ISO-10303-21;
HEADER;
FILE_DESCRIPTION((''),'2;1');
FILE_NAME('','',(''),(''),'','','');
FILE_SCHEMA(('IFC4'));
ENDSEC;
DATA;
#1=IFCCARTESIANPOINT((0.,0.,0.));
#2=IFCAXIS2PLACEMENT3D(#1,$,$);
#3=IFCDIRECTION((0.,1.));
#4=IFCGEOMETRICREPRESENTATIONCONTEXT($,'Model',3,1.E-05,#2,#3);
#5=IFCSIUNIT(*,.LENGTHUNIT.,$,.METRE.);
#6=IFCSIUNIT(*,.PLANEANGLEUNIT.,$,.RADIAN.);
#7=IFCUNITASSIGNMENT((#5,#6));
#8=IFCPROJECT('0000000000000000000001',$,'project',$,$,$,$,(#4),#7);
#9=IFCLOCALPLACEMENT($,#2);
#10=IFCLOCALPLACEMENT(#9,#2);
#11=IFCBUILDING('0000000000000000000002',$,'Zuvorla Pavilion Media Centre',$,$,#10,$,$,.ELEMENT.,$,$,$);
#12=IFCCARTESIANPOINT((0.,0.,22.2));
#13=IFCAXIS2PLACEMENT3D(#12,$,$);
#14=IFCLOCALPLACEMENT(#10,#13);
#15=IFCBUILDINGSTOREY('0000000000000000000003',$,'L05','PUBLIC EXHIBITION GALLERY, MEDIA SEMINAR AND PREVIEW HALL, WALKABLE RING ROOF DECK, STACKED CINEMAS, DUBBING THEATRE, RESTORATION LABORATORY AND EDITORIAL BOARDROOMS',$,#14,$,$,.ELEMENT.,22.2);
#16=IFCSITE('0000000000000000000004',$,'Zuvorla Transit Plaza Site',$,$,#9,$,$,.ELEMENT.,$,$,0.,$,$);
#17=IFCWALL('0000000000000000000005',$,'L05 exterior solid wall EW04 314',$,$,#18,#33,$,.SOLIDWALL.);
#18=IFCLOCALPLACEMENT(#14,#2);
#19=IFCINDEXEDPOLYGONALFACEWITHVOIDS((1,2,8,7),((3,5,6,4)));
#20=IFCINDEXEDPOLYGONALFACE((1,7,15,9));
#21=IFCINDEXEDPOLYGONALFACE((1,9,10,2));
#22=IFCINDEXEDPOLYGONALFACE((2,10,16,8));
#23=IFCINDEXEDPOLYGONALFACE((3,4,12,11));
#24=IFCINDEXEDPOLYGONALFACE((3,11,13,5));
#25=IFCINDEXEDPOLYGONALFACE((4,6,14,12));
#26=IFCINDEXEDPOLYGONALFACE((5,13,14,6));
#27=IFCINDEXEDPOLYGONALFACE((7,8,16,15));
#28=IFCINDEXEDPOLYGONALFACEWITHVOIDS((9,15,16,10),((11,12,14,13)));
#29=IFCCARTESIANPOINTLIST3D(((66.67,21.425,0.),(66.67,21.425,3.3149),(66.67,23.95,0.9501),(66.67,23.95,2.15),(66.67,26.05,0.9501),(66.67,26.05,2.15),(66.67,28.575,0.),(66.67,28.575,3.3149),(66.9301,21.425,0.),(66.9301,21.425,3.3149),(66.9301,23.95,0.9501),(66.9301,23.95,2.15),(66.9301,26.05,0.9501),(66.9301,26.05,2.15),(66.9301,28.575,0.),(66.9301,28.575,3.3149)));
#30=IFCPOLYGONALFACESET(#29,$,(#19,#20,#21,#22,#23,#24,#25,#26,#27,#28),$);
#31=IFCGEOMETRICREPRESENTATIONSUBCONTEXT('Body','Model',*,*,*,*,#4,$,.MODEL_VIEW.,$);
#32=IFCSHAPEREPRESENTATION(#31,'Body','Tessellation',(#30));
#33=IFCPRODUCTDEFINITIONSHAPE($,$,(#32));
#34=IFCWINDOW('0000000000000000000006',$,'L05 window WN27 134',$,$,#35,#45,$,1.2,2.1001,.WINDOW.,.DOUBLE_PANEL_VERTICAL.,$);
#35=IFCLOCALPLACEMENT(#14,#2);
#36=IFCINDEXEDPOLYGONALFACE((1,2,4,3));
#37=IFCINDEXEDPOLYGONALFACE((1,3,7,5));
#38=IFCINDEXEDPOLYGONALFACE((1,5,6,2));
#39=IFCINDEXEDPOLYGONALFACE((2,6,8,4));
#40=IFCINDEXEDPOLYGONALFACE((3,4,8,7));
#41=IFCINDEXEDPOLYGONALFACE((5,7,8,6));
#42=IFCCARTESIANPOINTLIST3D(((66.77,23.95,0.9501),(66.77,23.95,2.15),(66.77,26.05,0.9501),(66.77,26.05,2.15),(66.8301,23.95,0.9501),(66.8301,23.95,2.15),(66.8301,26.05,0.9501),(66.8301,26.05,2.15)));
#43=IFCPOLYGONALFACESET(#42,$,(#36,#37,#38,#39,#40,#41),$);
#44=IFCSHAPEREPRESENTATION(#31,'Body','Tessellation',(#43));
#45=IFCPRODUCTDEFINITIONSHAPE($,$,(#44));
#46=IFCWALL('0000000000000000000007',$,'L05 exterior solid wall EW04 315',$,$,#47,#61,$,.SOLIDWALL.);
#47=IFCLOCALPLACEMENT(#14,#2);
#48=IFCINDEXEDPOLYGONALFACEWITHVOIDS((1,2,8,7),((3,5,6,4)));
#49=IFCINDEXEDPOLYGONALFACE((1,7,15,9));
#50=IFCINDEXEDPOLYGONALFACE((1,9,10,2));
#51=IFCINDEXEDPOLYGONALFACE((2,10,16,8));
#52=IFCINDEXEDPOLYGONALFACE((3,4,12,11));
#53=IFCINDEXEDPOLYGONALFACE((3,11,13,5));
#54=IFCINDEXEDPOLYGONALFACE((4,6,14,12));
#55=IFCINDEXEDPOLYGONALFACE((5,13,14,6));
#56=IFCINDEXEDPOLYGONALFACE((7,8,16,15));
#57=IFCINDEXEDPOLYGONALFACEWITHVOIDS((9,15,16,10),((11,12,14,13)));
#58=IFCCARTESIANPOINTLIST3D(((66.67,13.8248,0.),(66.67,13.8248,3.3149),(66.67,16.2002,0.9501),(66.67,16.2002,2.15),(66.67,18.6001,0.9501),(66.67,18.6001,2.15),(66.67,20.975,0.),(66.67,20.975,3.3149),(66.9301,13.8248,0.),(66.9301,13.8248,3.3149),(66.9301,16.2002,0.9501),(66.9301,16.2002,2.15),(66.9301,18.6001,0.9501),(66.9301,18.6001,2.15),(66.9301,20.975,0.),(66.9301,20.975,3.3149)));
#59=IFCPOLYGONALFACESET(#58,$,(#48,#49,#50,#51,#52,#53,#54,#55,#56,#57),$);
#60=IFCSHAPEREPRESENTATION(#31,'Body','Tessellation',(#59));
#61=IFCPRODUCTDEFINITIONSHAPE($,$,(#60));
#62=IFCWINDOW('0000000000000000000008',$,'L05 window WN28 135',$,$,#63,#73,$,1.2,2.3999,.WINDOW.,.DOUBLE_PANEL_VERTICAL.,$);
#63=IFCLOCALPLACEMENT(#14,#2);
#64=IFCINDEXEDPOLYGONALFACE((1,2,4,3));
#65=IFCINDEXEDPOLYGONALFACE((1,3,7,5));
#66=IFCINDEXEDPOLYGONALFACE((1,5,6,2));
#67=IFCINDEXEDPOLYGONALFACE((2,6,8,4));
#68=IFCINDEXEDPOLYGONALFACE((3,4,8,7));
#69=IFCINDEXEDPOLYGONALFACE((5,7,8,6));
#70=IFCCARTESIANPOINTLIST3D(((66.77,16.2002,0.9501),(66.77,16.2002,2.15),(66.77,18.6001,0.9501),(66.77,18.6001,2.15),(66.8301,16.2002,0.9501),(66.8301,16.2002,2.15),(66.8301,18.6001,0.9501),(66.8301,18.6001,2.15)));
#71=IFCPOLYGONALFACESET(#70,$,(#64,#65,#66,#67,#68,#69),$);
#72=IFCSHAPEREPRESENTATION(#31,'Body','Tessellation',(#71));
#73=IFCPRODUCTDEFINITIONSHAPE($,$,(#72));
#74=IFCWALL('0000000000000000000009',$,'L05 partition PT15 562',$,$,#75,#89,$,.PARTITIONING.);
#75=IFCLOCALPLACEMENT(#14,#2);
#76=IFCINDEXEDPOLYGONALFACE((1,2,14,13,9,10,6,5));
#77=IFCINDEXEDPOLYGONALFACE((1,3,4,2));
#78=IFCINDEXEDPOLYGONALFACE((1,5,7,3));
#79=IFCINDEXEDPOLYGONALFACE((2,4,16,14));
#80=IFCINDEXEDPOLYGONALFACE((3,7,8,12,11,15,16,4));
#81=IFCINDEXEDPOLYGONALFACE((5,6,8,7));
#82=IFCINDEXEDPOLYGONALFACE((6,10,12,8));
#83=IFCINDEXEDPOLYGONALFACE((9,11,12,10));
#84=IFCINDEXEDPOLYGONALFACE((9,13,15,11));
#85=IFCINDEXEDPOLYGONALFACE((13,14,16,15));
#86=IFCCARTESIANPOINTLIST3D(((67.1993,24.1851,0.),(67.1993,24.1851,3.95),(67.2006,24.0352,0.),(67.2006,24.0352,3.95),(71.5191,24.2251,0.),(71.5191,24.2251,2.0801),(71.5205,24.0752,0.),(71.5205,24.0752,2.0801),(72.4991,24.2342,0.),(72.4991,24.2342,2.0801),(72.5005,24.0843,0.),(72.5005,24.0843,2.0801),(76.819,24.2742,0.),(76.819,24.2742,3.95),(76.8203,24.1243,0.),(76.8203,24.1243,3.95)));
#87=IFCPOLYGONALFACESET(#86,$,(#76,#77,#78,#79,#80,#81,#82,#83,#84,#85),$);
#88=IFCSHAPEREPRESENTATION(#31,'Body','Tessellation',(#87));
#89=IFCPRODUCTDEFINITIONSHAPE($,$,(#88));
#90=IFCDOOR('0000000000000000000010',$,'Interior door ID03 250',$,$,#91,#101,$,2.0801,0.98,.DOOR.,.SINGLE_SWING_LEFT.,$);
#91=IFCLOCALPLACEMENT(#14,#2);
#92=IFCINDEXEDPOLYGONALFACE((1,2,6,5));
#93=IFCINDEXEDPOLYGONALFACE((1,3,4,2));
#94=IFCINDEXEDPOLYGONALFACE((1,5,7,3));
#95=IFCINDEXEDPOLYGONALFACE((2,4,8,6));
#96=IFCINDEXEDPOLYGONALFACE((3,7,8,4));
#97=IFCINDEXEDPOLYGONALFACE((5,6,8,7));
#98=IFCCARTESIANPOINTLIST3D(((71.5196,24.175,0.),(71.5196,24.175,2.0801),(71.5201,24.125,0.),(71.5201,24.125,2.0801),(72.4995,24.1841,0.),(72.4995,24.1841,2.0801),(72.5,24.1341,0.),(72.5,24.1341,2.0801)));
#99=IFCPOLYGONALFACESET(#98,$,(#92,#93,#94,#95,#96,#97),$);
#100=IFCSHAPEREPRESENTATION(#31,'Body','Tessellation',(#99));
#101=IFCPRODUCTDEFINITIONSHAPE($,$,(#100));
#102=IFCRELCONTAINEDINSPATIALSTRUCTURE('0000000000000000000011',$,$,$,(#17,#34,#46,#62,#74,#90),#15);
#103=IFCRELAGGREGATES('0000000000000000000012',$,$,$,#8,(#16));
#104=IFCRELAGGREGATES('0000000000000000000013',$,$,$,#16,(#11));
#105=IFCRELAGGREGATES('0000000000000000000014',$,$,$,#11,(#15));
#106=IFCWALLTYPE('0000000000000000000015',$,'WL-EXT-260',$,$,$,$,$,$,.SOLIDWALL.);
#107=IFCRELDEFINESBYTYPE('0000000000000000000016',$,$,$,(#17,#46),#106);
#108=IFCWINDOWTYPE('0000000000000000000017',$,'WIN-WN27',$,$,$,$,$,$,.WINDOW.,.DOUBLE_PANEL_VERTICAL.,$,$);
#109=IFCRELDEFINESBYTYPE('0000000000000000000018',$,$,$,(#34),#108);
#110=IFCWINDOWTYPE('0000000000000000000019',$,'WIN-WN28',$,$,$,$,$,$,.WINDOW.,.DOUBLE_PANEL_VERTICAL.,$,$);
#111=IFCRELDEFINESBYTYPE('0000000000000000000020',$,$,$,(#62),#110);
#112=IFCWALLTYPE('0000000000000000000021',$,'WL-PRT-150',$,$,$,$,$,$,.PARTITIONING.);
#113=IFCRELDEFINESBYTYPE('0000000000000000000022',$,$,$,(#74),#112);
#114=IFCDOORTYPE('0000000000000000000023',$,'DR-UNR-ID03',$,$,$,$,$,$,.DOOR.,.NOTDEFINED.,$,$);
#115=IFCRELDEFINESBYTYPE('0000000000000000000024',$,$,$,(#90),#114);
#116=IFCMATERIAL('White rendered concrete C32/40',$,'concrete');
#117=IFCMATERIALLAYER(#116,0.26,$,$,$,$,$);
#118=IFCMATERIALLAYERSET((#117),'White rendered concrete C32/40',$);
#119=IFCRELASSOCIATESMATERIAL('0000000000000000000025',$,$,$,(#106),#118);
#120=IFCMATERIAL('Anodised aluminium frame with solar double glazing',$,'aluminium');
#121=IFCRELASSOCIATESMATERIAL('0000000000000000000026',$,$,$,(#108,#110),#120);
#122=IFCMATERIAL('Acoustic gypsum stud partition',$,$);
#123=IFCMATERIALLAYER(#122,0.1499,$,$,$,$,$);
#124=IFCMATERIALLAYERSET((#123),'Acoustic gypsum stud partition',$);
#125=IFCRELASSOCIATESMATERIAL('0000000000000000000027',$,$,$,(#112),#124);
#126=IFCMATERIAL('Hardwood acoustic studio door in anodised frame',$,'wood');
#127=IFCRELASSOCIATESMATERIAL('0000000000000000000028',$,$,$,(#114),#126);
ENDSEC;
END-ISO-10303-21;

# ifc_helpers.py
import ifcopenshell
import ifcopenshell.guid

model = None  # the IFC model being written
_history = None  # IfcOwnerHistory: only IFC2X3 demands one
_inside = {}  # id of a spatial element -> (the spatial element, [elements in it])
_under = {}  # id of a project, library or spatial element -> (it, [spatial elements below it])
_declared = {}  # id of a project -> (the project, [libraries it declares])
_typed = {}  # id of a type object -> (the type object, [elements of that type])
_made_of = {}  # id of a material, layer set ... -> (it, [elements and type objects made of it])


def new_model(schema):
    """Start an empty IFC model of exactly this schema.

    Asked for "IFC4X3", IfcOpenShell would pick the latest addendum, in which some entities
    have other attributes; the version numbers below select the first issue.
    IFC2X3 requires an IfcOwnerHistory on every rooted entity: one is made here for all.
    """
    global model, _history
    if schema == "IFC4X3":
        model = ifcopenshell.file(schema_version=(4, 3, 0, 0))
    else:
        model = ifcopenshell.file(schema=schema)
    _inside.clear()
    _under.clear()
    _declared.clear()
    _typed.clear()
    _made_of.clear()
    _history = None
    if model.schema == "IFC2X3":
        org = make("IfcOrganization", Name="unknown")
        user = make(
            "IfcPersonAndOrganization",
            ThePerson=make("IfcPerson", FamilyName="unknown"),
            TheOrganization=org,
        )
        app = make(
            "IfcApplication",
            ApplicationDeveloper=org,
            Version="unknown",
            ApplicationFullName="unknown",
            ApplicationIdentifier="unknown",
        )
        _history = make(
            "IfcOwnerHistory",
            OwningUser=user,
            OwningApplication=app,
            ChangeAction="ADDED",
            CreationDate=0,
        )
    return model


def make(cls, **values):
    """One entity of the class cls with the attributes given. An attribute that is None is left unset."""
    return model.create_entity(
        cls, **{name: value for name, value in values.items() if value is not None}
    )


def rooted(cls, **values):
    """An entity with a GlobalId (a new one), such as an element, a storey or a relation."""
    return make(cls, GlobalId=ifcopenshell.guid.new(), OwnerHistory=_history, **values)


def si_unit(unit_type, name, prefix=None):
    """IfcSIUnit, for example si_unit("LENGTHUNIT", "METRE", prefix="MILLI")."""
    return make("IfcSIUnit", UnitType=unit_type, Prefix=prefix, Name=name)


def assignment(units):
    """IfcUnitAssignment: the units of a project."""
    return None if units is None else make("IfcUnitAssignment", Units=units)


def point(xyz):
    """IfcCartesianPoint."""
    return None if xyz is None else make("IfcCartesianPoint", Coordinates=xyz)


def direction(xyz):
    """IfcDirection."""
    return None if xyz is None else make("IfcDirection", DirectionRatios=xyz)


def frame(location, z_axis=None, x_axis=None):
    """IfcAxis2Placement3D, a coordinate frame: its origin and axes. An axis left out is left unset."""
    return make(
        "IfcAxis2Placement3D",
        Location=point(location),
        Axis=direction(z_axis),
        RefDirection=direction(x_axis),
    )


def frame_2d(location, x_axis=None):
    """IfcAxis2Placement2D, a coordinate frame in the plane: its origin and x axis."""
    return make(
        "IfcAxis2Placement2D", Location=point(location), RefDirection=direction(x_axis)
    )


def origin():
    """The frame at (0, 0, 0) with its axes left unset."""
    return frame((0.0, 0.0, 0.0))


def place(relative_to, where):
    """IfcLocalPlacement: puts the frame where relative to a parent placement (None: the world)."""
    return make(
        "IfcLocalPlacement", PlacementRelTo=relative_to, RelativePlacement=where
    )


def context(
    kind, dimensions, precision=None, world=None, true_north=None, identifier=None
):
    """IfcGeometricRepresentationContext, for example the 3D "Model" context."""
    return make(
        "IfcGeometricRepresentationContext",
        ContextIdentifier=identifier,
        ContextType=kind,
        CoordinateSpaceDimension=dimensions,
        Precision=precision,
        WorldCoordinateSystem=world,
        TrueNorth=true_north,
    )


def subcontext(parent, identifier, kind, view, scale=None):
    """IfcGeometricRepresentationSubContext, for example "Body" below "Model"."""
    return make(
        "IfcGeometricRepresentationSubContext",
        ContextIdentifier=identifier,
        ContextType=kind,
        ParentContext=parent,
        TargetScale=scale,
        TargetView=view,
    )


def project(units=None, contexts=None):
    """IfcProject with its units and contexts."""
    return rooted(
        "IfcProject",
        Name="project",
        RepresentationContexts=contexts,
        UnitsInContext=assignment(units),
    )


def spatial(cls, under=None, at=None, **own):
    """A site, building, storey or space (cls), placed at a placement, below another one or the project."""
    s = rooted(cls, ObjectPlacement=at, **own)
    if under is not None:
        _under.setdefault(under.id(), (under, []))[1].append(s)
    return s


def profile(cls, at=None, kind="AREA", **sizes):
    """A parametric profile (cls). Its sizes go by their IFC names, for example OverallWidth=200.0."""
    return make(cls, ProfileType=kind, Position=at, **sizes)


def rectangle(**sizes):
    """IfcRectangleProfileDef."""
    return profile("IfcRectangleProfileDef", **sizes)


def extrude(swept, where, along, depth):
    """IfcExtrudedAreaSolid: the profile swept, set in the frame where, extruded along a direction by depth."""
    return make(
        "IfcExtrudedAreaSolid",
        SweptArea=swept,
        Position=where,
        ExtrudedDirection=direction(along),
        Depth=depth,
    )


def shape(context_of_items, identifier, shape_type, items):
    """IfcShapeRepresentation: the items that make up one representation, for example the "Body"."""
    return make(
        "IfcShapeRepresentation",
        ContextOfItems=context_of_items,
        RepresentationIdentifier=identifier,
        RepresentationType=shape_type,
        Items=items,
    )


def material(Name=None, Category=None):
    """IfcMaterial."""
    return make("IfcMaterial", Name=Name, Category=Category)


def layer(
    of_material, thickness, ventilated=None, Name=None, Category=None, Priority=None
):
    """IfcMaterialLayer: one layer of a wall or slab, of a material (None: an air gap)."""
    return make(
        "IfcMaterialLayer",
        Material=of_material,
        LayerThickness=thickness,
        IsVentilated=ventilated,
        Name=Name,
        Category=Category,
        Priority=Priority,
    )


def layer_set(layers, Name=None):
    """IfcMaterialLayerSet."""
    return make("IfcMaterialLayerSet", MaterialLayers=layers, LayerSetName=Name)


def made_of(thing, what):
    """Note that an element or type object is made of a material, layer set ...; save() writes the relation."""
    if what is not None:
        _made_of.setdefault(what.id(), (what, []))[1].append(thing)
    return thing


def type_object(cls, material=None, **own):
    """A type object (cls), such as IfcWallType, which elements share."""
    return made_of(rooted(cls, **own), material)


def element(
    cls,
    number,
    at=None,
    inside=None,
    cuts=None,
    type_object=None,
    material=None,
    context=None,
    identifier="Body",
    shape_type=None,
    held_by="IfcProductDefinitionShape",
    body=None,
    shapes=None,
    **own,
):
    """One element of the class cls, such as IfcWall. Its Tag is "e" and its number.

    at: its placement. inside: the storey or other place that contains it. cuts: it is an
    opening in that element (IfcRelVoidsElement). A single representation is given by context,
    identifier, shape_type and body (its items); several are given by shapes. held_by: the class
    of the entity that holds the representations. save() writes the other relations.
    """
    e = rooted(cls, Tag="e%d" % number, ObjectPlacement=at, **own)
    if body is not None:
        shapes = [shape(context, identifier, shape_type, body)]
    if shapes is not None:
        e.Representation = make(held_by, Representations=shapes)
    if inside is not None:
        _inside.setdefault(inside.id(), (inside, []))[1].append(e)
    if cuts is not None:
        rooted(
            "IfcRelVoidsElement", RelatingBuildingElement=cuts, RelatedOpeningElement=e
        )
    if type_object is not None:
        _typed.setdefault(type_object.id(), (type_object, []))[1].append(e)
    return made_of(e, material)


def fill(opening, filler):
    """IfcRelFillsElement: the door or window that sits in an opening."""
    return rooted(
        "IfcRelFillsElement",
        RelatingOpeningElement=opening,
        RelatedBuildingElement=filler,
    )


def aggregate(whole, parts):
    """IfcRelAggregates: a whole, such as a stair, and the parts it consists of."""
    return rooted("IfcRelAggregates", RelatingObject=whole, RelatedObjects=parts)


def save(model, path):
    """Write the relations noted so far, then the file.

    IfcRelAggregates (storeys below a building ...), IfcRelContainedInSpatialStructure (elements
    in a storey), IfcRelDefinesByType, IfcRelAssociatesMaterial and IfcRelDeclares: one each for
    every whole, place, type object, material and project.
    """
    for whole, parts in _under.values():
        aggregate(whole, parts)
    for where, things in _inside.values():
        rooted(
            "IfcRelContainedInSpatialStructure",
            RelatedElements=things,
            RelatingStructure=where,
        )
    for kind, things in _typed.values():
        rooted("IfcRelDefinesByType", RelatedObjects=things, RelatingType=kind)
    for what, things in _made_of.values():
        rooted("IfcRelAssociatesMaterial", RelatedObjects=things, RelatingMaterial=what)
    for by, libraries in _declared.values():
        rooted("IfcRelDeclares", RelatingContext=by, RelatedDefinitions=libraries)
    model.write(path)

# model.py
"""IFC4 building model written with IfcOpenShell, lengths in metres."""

from ifc_helpers import new_model, si_unit, direction, frame, frame_2d, origin, place, context, subcontext, project, spatial, rectangle, extrude, material, layer, layer_set, type_object, element, fill, save


model = new_model("IFC4")

# Units and contexts
model_context = context("Model", 3, precision=1e-05, world=origin(), true_north=direction((0.0, 1.0)))
body_context = subcontext(model_context, "Body", "Model", "MODEL_VIEW")
ifc_project = project(units=[si_unit("LENGTHUNIT", "METRE"), si_unit("PLANEANGLEUNIT", "RADIAN")], contexts=[model_context])

# Site, building, storey
site_placement = place(None, origin())
site = spatial("IfcSite", under=ifc_project, at=site_placement, Name="Zuvorla Transit Plaza Site", CompositionType="ELEMENT", RefElevation=0.0)
building_placement = place(site_placement, origin())
building = spatial("IfcBuilding", under=site, at=building_placement, Name="Zuvorla Pavilion Media Centre", CompositionType="ELEMENT")
storey_placement = place(building_placement, frame((0.0, 0.0, 22.2)))
storey = spatial("IfcBuildingStorey", under=building, at=storey_placement, Name="L05", Description="PUBLIC EXHIBITION GALLERY, MEDIA SEMINAR AND PREVIEW HALL, WALKABLE RING ROOF DECK, STACKED CINEMAS, DUBBING THEATRE, RESTORATION LABORATORY AND EDITORIAL BOARDROOMS", CompositionType="ELEMENT", Elevation=22.2)

# Walls, openings, windows
ifc_material_1 = material(Name="White rendered concrete C32/40", Category="concrete")
ifc_layer_1 = layer(ifc_material_1, 0.26)
ifc_layer_set_1 = layer_set([ifc_layer_1], Name="White rendered concrete C32/40")
wall_type_1 = type_object("IfcWallType", Name="WL-EXT-260", PredefinedType="SOLIDWALL", material=ifc_layer_set_1)
wall_1_placement = place(storey_placement, frame((66.8, 28.575, 0.0), z_axis=(0.0, 0.0, 1.0), x_axis=(0.0, -1.0, 0.0)))
wall_1 = element("IfcWall", 1, at=wall_1_placement, inside=storey, type_object=wall_type_1, Name="L05 exterior solid wall EW04 314", PredefinedType="SOLIDWALL", context=body_context, shape_type="SweptSolid", body=[
    extrude(rectangle(XDim=7.1499, YDim=0.26, at=frame_2d((3.575, 0.0))), origin(), (0.0, 0.0, 1.0), 3.3149),
])
opening_1_placement = place(wall_1_placement, frame((2.5249, 0.0, 0.95)))
opening_1 = element("IfcOpeningElement", 2, at=opening_1_placement, cuts=wall_1, PredefinedType="OPENING", context=body_context, shape_type="SweptSolid", body=[
    extrude(rectangle(XDim=2.1001, YDim=1.2, at=frame_2d((1.05, 0.6001))), frame((0.0, 0.1399, 0.0), z_axis=(0.0, -1.0, 0.0), x_axis=(1.0, 0.0, 0.0)), (0.0, 0.0, 1.0), 0.28),
])
ifc_material_2 = material(Name="Anodised aluminium frame with solar double glazing", Category="aluminium")
window_type_1 = type_object("IfcWindowType", Name="WIN-WN27", PartitioningType="DOUBLE_PANEL_VERTICAL", PredefinedType="WINDOW", material=ifc_material_2)
window_1_placement = place(opening_1_placement, origin())
window_1 = element("IfcWindow", 3, at=window_1_placement, inside=storey, type_object=window_type_1, Name="L05 window WN27 134", OverallHeight=1.2, OverallWidth=2.1001, PartitioningType="DOUBLE_PANEL_VERTICAL", PredefinedType="WINDOW", context=body_context, shape_type="SweptSolid", body=[
    extrude(rectangle(XDim=2.1001, YDim=1.2, at=frame_2d((1.05, 0.6001))), frame((0.0, 0.03, 0.0), z_axis=(0.0, -1.0, 0.0), x_axis=(1.0, 0.0, 0.0)), (0.0, 0.0, 1.0), 0.0601),
])
fill(opening_1, window_1)
wall_2_placement = place(storey_placement, frame((66.8, 20.9751, 0.0), z_axis=(0.0, 0.0, 1.0), x_axis=(0.0, -1.0, 0.0)))
wall_2 = element("IfcWall", 4, at=wall_2_placement, inside=storey, type_object=wall_type_1, Name="L05 exterior solid wall EW04 315", PredefinedType="SOLIDWALL", context=body_context, shape_type="SweptSolid", body=[
    extrude(rectangle(XDim=7.1501, YDim=0.26, at=frame_2d((3.5752, 0.0))), origin(), (0.0, 0.0, 1.0), 3.3149),
])
opening_2_placement = place(wall_2_placement, frame((2.375, 0.0, 0.95)))
opening_2 = element("IfcOpeningElement", 5, at=opening_2_placement, cuts=wall_2, PredefinedType="OPENING", context=body_context, shape_type="SweptSolid", body=[
    extrude(rectangle(XDim=2.3999, YDim=1.2, at=frame_2d((1.2, 0.6001))), frame((0.0, 0.1399, 0.0), z_axis=(0.0, -1.0, 0.0), x_axis=(1.0, 0.0, 0.0)), (0.0, 0.0, 1.0), 0.28),
])
window_type_2 = type_object("IfcWindowType", Name="WIN-WN28", PartitioningType="DOUBLE_PANEL_VERTICAL", PredefinedType="WINDOW", material=ifc_material_2)
window_2_placement = place(opening_2_placement, origin())
window_2 = element("IfcWindow", 6, at=window_2_placement, inside=storey, type_object=window_type_2, Name="L05 window WN28 135", OverallHeight=1.2, OverallWidth=2.3999, PartitioningType="DOUBLE_PANEL_VERTICAL", PredefinedType="WINDOW", context=body_context, shape_type="SweptSolid", body=[
    extrude(rectangle(XDim=2.3999, YDim=1.2, at=frame_2d((1.2, 0.6001))), frame((0.0, 0.03, 0.0), z_axis=(0.0, -1.0, 0.0), x_axis=(1.0, 0.0, 0.0)), (0.0, 0.0, 1.0), 0.0601),
])
fill(opening_2, window_2)

# Wall, opening, door
ifc_material_3 = material(Name="Acoustic gypsum stud partition")
ifc_layer_2 = layer(ifc_material_3, 0.1499)
ifc_layer_set_2 = layer_set([ifc_layer_2], Name="Acoustic gypsum stud partition")
wall_type_2 = type_object("IfcWallType", Name="WL-PRT-150", PredefinedType="PARTITIONING", material=ifc_layer_set_2)
wall_3_placement = place(storey_placement, frame((67.2, 24.1101, 0.0), z_axis=(0.0, 0.0, 1.0), x_axis=(0.999957, 0.009263, 0.0)))
wall_3 = element("IfcWall", 7, at=wall_3_placement, inside=storey, type_object=wall_type_2, Name="L05 partition PT15 562", PredefinedType="PARTITIONING", context=body_context, shape_type="SweptSolid", body=[
    extrude(rectangle(XDim=9.6201, YDim=0.1499, at=frame_2d((4.8101, 0.0))), origin(), (0.0, 0.0, 1.0), 3.95),
])
opening_3_placement = place(wall_3_placement, frame((4.3201, 0.0, 0.0)))
opening_3 = element("IfcOpeningElement", 8, at=opening_3_placement, cuts=wall_3, PredefinedType="OPENING", context=body_context, shape_type="SweptSolid", body=[
    extrude(rectangle(XDim=0.98, YDim=2.0801, at=frame_2d((0.49, 1.04))), frame((0.0, 0.085, 0.0), z_axis=(0.0, -1.0, 0.0), x_axis=(1.0, 0.0, 0.0)), (0.0, 0.0, 1.0), 0.1699),
])
ifc_material_4 = material(Name="Hardwood acoustic studio door in anodised frame", Category="wood")
door_type_1 = type_object("IfcDoorType", Name="DR-UNR-ID03", OperationType="NOTDEFINED", PredefinedType="DOOR", material=ifc_material_4)
door_1_placement = place(opening_3_placement, origin())
door_1 = element("IfcDoor", 9, at=door_1_placement, inside=storey, type_object=door_type_1, Name="Interior door ID03 250", OperationType="SINGLE_SWING_LEFT", OverallHeight=2.0801, OverallWidth=0.98, PredefinedType="DOOR", context=body_context, shape_type="SweptSolid", body=[
    extrude(rectangle(XDim=0.98, YDim=2.0801, at=frame_2d((0.49, 1.04))), frame((0.0, 0.0249, 0.0), z_axis=(0.0, -1.0, 0.0), x_axis=(1.0, 0.0, 0.0)), (0.0, 0.0, 1.0), 0.05),
])
fill(opening_3, door_1)

save(model, "model.ifc")
